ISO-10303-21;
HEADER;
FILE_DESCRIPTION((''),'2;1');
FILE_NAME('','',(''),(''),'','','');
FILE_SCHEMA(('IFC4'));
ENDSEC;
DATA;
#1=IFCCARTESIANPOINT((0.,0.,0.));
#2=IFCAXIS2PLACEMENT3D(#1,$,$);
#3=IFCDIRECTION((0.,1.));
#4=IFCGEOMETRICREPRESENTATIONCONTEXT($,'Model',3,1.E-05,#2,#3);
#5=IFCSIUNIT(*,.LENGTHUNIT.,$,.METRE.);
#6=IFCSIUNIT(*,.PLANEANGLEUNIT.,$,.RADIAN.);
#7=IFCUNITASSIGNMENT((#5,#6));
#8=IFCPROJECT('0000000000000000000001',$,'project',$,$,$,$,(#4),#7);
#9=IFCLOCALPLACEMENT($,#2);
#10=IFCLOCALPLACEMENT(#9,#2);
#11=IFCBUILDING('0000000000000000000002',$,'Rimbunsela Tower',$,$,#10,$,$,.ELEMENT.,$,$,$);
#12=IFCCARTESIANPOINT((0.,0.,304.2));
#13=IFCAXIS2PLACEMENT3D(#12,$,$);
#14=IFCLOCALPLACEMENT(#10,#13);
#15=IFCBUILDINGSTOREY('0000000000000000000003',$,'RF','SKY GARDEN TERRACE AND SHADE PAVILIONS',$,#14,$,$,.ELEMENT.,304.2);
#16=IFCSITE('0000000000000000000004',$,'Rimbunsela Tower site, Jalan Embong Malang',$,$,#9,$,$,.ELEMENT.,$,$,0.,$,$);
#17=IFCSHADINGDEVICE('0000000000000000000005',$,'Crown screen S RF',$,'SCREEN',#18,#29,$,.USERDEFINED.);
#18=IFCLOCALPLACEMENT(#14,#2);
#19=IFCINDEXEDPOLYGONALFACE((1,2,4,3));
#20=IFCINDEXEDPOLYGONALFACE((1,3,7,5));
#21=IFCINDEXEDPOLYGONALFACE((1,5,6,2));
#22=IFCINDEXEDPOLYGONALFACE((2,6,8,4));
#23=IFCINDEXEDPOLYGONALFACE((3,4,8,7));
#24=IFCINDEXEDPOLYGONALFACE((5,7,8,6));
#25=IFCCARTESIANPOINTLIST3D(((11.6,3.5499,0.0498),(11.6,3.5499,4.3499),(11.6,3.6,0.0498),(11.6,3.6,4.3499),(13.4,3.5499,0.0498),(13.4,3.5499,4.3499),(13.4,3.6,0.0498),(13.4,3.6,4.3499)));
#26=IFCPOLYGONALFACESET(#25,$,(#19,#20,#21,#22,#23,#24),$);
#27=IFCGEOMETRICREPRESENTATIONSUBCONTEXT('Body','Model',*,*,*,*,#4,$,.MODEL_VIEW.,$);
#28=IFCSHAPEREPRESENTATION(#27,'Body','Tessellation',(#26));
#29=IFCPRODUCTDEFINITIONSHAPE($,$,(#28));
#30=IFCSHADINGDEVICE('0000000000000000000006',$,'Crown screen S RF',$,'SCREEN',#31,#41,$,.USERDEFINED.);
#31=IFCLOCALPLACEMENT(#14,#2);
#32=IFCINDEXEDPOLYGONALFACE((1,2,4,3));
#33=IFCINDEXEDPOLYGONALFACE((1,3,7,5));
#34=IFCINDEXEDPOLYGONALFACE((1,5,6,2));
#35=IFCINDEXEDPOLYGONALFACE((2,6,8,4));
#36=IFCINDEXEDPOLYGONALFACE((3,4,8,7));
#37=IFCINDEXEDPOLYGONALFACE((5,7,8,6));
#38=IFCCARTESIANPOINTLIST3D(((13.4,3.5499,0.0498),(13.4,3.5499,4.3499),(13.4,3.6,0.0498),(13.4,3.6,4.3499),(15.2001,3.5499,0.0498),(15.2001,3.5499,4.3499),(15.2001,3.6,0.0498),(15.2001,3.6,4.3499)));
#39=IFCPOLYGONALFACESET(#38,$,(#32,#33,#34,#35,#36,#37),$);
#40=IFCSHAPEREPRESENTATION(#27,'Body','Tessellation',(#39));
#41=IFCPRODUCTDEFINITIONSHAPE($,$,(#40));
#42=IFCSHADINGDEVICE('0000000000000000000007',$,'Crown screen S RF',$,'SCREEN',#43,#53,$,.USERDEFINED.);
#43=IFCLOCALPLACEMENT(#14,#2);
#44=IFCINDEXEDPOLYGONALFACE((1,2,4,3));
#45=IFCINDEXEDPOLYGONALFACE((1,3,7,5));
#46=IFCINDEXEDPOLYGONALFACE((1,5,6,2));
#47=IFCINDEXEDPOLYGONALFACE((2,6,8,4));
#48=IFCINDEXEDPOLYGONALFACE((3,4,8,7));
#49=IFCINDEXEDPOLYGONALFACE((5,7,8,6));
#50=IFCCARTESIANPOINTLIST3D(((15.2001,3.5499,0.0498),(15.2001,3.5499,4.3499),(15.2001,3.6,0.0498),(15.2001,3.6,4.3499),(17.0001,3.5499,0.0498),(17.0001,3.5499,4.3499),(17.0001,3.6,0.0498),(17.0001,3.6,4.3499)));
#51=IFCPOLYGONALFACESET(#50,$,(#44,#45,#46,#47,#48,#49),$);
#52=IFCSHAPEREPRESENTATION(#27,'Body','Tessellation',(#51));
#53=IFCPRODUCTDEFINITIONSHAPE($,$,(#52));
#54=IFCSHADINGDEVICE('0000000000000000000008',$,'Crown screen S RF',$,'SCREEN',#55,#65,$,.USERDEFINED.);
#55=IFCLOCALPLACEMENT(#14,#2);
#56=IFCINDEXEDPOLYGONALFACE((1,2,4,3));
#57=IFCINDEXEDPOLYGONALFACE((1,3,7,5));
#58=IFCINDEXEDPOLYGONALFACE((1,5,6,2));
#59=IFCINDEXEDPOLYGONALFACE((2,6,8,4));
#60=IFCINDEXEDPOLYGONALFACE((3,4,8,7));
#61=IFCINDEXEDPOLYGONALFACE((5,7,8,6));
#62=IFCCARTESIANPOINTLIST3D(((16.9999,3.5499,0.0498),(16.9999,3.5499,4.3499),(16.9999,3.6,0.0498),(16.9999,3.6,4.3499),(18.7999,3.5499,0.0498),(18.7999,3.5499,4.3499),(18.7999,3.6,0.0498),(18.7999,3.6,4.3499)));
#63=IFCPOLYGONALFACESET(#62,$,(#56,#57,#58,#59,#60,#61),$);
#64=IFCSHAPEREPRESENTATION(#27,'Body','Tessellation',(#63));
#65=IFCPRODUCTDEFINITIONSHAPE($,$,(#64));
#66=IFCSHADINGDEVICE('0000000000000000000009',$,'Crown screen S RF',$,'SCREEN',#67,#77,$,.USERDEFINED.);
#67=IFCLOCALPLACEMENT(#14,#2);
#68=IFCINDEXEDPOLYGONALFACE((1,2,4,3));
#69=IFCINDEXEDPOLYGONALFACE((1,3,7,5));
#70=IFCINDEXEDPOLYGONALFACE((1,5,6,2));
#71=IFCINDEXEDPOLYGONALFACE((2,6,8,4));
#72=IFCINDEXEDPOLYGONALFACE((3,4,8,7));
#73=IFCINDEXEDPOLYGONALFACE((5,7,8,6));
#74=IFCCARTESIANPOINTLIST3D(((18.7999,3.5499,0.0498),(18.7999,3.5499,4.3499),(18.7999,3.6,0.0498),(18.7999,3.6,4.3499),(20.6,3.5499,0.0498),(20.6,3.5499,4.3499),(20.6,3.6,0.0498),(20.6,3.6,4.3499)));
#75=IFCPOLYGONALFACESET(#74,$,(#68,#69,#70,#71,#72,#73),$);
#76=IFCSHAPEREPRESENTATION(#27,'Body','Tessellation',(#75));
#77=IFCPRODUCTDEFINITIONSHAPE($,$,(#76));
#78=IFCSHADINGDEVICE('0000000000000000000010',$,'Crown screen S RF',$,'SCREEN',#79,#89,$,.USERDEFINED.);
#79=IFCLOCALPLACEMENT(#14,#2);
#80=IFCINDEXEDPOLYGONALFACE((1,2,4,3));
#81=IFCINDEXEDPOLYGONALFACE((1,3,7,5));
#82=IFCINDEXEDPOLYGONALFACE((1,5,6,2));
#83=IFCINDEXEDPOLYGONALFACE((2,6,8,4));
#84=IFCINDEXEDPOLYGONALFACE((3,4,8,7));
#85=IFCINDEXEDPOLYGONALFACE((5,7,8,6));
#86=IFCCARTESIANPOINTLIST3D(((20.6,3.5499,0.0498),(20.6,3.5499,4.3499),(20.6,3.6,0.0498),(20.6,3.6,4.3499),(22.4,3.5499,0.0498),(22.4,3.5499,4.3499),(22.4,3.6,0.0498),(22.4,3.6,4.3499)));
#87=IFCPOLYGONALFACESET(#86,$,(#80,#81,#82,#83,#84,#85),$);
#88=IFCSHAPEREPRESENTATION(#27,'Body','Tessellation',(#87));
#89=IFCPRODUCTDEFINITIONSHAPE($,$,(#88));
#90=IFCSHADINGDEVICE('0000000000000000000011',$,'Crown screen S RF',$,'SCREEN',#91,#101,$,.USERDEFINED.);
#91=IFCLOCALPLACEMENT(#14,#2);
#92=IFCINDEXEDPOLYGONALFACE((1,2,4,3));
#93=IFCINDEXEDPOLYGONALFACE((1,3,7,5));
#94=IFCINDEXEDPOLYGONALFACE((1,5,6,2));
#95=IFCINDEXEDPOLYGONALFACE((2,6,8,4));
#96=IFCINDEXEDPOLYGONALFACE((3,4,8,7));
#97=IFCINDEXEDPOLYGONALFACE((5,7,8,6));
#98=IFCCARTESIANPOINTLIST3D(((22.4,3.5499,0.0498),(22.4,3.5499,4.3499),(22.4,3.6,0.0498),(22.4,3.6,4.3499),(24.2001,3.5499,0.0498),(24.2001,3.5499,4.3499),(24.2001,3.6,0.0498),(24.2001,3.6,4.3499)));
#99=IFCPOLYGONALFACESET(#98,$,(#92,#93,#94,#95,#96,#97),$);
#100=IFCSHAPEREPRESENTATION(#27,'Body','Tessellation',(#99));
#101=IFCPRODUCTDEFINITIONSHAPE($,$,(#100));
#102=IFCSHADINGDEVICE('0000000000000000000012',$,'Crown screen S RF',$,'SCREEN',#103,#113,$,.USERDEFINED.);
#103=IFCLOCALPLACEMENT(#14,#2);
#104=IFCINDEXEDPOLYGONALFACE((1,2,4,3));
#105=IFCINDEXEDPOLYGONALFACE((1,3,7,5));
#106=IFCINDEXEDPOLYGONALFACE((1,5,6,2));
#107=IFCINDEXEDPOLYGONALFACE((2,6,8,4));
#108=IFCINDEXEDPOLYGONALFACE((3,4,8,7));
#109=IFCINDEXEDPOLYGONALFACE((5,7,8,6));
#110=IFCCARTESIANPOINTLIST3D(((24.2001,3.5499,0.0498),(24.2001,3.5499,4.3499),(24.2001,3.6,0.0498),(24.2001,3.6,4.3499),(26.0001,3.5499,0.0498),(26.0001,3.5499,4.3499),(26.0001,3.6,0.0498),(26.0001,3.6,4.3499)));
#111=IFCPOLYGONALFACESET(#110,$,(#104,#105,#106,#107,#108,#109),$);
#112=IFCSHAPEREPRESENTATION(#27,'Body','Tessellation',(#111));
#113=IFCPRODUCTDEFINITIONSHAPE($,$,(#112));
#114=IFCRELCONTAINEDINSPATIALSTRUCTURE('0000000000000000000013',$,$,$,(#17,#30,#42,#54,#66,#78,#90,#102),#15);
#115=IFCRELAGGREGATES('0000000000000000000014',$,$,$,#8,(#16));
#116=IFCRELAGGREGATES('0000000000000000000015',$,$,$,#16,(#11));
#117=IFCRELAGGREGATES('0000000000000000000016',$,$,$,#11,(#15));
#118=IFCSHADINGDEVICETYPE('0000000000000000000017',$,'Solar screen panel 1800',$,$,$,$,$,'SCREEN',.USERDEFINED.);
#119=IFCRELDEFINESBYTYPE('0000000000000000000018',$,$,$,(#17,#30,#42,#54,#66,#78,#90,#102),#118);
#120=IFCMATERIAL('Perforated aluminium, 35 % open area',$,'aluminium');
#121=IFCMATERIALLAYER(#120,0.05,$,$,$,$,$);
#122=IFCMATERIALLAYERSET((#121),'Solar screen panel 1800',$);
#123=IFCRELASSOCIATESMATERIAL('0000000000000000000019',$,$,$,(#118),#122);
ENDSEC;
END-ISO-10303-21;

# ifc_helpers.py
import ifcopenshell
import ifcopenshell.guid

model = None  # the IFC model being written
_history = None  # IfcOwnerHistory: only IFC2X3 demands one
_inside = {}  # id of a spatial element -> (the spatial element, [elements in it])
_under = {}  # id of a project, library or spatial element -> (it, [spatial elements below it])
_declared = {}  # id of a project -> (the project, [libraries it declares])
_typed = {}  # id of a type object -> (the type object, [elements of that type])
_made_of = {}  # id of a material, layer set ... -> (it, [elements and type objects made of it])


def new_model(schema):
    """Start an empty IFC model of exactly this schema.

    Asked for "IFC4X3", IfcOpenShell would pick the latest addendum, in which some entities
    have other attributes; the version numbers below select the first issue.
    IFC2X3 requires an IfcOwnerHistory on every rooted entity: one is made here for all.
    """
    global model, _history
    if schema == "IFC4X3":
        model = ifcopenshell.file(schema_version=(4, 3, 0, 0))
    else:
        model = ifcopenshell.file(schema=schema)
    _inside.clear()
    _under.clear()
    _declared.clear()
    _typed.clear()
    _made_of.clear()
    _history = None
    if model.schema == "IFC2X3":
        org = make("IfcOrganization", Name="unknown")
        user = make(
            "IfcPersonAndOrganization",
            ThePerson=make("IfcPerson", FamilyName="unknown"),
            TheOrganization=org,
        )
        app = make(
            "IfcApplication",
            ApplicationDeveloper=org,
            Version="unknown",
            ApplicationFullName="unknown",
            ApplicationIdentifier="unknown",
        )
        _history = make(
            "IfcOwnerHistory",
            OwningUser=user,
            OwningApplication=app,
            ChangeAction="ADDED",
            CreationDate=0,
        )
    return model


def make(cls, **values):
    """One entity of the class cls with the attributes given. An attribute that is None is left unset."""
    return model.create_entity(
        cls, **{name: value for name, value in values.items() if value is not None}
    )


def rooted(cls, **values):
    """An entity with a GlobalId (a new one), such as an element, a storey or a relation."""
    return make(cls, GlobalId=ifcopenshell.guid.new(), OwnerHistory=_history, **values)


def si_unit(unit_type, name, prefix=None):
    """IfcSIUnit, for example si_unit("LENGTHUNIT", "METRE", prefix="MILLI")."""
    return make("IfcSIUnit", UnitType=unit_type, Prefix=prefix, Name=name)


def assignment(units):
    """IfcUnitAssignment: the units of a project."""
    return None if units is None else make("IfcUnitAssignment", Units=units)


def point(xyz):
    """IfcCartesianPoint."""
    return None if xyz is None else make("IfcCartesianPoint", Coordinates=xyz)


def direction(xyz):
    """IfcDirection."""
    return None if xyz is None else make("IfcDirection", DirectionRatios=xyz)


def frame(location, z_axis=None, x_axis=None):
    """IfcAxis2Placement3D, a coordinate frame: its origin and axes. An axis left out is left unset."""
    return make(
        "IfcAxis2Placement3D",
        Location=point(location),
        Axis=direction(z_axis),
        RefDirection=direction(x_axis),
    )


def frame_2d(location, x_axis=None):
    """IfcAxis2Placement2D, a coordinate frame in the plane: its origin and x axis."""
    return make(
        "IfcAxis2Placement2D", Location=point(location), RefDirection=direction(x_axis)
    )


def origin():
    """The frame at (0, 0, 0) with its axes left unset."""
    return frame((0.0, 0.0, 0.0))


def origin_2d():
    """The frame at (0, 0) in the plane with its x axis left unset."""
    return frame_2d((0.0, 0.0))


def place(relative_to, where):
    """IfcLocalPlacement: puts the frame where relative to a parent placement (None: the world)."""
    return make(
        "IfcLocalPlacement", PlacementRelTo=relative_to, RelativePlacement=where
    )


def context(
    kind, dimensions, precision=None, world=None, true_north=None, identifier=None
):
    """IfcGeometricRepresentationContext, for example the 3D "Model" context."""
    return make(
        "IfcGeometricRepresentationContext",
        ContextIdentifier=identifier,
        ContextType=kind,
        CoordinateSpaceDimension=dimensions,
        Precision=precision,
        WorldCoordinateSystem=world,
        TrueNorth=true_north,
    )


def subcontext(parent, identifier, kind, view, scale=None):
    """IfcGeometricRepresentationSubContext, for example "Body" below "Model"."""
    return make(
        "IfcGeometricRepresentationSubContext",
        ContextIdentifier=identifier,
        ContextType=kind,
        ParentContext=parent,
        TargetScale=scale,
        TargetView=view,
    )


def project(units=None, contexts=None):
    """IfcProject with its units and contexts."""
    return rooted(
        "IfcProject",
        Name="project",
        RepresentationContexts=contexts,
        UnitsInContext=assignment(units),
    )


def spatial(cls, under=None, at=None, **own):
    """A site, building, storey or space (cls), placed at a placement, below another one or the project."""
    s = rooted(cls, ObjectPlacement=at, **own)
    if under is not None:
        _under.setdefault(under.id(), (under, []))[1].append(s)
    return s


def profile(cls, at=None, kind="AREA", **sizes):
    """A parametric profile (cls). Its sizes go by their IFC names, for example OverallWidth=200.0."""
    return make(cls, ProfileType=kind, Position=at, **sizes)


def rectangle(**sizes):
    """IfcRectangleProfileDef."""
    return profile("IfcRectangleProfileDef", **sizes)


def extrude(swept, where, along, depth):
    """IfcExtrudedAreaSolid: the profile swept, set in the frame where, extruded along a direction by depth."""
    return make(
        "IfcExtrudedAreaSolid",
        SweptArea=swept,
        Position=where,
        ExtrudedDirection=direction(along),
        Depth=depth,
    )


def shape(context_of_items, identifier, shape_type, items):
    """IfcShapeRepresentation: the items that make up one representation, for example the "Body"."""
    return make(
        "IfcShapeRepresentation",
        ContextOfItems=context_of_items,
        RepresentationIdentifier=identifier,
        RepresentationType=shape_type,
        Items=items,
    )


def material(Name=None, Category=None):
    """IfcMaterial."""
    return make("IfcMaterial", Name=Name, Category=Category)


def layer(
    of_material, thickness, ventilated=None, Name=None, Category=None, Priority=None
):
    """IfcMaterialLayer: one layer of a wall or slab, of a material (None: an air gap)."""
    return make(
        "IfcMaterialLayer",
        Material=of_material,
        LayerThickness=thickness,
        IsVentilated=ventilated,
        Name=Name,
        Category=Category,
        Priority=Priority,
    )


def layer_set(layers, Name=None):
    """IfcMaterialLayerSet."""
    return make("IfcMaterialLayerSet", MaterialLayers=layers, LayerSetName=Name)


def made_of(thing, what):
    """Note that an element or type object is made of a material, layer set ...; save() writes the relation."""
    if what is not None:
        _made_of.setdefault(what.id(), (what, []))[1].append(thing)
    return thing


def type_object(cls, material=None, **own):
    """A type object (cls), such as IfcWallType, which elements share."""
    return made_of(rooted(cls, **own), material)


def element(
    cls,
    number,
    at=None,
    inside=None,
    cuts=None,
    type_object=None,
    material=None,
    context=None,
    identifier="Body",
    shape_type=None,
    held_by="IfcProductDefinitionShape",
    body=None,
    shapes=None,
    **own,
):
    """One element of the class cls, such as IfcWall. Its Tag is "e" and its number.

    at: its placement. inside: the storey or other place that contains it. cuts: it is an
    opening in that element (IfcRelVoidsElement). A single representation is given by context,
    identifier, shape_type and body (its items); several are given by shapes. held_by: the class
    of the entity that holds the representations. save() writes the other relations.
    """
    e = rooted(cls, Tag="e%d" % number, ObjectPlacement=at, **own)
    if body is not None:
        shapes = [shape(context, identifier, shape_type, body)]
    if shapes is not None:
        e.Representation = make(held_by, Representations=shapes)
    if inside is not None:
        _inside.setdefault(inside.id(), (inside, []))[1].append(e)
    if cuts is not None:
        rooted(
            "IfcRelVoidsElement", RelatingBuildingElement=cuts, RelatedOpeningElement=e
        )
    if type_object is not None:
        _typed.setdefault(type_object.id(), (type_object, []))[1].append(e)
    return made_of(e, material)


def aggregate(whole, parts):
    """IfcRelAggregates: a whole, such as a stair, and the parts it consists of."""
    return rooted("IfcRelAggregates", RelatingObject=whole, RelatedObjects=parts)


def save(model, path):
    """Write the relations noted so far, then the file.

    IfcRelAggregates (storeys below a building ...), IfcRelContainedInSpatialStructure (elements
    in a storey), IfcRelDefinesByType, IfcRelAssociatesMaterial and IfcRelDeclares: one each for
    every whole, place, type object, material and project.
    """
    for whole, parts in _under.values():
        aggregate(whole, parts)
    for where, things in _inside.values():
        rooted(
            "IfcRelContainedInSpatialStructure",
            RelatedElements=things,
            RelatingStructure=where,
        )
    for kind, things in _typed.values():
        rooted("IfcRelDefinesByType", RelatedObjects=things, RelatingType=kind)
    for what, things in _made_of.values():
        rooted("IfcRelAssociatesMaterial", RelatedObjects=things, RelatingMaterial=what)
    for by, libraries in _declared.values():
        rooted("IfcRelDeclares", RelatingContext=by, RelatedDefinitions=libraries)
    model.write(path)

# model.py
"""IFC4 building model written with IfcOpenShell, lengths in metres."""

from ifc_helpers import new_model, si_unit, direction, frame, origin, origin_2d, place, context, subcontext, project, spatial, rectangle, extrude, material, layer, layer_set, type_object, element, save


model = new_model("IFC4")

# Units and contexts
model_context = context("Model", 3, precision=1e-05, world=origin(), true_north=direction((0.0, 1.0)))
body_context = subcontext(model_context, "Body", "Model", "MODEL_VIEW")
ifc_project = project(units=[si_unit("LENGTHUNIT", "METRE"), si_unit("PLANEANGLEUNIT", "RADIAN")], contexts=[model_context])

# Site, building, storey
site_placement = place(None, origin())
site = spatial("IfcSite", under=ifc_project, at=site_placement, Name="Rimbunsela Tower site, Jalan Embong Malang", CompositionType="ELEMENT", RefElevation=0.0)
building_placement = place(site_placement, origin())
building = spatial("IfcBuilding", under=site, at=building_placement, Name="Rimbunsela Tower", CompositionType="ELEMENT")
storey_placement = place(building_placement, frame((0.0, 0.0, 304.2)))
storey = spatial("IfcBuildingStorey", under=building, at=storey_placement, Name="RF", Description="SKY GARDEN TERRACE AND SHADE PAVILIONS", CompositionType="ELEMENT", Elevation=304.2)

# Shading devices
ifc_material_1 = material(Name="Perforated aluminium, 35 % open area", Category="aluminium")
ifc_layer_1 = layer(ifc_material_1, 0.05)
ifc_layer_set_1 = layer_set([ifc_layer_1], Name="Solar screen panel 1800")
shading_device_type = type_object("IfcShadingDeviceType", Name="Solar screen panel 1800", ElementType="SCREEN", PredefinedType="USERDEFINED", material=ifc_layer_set_1)
for number, where, z_axis, x_axis, name in (
    (1, (12.5, 3.575, 0.0498), (0.0, 0.0, 1.0), (1.0, 0.0, 0.0), "Crown screen S RF"),
    (2, (14.3, 3.575, 0.0498), (0.0, 0.0, 1.0), (1.0, 0.0, 0.0), "Crown screen S RF"),
    (3, (16.1001, 3.575, 0.0498), (0.0, 0.0, 1.0), (1.0, 0.0, 0.0), "Crown screen S RF"),
    (4, (17.8999, 3.575, 0.0498), (0.0, 0.0, 1.0), (1.0, 0.0, 0.0), "Crown screen S RF"),
    (5, (19.7, 3.575, 0.0498), (0.0, 0.0, 1.0), (1.0, 0.0, 0.0), "Crown screen S RF"),
    (6, (21.5, 3.575, 0.0498), (0.0, 0.0, 1.0), (1.0, 0.0, 0.0), "Crown screen S RF"),
    (7, (23.3, 3.575, 0.0498), (0.0, 0.0, 1.0), (1.0, 0.0, 0.0), "Crown screen S RF"),
    (8, (25.1001, 3.575, 0.0498), (0.0, 0.0, 1.0), (1.0, 0.0, 0.0), "Crown screen S RF"),
):
    element("IfcShadingDevice", number, at=place(storey_placement, frame(where, z_axis=z_axis, x_axis=x_axis)), inside=storey, type_object=shading_device_type, Name=name, ObjectType="SCREEN", PredefinedType="USERDEFINED", context=body_context, shape_type="SweptSolid", body=[
        extrude(rectangle(XDim=1.8, YDim=0.05, at=origin_2d()), origin(), (0.0, 0.0, 1.0), 4.3),
    ])

save(model, "model.ifc")
